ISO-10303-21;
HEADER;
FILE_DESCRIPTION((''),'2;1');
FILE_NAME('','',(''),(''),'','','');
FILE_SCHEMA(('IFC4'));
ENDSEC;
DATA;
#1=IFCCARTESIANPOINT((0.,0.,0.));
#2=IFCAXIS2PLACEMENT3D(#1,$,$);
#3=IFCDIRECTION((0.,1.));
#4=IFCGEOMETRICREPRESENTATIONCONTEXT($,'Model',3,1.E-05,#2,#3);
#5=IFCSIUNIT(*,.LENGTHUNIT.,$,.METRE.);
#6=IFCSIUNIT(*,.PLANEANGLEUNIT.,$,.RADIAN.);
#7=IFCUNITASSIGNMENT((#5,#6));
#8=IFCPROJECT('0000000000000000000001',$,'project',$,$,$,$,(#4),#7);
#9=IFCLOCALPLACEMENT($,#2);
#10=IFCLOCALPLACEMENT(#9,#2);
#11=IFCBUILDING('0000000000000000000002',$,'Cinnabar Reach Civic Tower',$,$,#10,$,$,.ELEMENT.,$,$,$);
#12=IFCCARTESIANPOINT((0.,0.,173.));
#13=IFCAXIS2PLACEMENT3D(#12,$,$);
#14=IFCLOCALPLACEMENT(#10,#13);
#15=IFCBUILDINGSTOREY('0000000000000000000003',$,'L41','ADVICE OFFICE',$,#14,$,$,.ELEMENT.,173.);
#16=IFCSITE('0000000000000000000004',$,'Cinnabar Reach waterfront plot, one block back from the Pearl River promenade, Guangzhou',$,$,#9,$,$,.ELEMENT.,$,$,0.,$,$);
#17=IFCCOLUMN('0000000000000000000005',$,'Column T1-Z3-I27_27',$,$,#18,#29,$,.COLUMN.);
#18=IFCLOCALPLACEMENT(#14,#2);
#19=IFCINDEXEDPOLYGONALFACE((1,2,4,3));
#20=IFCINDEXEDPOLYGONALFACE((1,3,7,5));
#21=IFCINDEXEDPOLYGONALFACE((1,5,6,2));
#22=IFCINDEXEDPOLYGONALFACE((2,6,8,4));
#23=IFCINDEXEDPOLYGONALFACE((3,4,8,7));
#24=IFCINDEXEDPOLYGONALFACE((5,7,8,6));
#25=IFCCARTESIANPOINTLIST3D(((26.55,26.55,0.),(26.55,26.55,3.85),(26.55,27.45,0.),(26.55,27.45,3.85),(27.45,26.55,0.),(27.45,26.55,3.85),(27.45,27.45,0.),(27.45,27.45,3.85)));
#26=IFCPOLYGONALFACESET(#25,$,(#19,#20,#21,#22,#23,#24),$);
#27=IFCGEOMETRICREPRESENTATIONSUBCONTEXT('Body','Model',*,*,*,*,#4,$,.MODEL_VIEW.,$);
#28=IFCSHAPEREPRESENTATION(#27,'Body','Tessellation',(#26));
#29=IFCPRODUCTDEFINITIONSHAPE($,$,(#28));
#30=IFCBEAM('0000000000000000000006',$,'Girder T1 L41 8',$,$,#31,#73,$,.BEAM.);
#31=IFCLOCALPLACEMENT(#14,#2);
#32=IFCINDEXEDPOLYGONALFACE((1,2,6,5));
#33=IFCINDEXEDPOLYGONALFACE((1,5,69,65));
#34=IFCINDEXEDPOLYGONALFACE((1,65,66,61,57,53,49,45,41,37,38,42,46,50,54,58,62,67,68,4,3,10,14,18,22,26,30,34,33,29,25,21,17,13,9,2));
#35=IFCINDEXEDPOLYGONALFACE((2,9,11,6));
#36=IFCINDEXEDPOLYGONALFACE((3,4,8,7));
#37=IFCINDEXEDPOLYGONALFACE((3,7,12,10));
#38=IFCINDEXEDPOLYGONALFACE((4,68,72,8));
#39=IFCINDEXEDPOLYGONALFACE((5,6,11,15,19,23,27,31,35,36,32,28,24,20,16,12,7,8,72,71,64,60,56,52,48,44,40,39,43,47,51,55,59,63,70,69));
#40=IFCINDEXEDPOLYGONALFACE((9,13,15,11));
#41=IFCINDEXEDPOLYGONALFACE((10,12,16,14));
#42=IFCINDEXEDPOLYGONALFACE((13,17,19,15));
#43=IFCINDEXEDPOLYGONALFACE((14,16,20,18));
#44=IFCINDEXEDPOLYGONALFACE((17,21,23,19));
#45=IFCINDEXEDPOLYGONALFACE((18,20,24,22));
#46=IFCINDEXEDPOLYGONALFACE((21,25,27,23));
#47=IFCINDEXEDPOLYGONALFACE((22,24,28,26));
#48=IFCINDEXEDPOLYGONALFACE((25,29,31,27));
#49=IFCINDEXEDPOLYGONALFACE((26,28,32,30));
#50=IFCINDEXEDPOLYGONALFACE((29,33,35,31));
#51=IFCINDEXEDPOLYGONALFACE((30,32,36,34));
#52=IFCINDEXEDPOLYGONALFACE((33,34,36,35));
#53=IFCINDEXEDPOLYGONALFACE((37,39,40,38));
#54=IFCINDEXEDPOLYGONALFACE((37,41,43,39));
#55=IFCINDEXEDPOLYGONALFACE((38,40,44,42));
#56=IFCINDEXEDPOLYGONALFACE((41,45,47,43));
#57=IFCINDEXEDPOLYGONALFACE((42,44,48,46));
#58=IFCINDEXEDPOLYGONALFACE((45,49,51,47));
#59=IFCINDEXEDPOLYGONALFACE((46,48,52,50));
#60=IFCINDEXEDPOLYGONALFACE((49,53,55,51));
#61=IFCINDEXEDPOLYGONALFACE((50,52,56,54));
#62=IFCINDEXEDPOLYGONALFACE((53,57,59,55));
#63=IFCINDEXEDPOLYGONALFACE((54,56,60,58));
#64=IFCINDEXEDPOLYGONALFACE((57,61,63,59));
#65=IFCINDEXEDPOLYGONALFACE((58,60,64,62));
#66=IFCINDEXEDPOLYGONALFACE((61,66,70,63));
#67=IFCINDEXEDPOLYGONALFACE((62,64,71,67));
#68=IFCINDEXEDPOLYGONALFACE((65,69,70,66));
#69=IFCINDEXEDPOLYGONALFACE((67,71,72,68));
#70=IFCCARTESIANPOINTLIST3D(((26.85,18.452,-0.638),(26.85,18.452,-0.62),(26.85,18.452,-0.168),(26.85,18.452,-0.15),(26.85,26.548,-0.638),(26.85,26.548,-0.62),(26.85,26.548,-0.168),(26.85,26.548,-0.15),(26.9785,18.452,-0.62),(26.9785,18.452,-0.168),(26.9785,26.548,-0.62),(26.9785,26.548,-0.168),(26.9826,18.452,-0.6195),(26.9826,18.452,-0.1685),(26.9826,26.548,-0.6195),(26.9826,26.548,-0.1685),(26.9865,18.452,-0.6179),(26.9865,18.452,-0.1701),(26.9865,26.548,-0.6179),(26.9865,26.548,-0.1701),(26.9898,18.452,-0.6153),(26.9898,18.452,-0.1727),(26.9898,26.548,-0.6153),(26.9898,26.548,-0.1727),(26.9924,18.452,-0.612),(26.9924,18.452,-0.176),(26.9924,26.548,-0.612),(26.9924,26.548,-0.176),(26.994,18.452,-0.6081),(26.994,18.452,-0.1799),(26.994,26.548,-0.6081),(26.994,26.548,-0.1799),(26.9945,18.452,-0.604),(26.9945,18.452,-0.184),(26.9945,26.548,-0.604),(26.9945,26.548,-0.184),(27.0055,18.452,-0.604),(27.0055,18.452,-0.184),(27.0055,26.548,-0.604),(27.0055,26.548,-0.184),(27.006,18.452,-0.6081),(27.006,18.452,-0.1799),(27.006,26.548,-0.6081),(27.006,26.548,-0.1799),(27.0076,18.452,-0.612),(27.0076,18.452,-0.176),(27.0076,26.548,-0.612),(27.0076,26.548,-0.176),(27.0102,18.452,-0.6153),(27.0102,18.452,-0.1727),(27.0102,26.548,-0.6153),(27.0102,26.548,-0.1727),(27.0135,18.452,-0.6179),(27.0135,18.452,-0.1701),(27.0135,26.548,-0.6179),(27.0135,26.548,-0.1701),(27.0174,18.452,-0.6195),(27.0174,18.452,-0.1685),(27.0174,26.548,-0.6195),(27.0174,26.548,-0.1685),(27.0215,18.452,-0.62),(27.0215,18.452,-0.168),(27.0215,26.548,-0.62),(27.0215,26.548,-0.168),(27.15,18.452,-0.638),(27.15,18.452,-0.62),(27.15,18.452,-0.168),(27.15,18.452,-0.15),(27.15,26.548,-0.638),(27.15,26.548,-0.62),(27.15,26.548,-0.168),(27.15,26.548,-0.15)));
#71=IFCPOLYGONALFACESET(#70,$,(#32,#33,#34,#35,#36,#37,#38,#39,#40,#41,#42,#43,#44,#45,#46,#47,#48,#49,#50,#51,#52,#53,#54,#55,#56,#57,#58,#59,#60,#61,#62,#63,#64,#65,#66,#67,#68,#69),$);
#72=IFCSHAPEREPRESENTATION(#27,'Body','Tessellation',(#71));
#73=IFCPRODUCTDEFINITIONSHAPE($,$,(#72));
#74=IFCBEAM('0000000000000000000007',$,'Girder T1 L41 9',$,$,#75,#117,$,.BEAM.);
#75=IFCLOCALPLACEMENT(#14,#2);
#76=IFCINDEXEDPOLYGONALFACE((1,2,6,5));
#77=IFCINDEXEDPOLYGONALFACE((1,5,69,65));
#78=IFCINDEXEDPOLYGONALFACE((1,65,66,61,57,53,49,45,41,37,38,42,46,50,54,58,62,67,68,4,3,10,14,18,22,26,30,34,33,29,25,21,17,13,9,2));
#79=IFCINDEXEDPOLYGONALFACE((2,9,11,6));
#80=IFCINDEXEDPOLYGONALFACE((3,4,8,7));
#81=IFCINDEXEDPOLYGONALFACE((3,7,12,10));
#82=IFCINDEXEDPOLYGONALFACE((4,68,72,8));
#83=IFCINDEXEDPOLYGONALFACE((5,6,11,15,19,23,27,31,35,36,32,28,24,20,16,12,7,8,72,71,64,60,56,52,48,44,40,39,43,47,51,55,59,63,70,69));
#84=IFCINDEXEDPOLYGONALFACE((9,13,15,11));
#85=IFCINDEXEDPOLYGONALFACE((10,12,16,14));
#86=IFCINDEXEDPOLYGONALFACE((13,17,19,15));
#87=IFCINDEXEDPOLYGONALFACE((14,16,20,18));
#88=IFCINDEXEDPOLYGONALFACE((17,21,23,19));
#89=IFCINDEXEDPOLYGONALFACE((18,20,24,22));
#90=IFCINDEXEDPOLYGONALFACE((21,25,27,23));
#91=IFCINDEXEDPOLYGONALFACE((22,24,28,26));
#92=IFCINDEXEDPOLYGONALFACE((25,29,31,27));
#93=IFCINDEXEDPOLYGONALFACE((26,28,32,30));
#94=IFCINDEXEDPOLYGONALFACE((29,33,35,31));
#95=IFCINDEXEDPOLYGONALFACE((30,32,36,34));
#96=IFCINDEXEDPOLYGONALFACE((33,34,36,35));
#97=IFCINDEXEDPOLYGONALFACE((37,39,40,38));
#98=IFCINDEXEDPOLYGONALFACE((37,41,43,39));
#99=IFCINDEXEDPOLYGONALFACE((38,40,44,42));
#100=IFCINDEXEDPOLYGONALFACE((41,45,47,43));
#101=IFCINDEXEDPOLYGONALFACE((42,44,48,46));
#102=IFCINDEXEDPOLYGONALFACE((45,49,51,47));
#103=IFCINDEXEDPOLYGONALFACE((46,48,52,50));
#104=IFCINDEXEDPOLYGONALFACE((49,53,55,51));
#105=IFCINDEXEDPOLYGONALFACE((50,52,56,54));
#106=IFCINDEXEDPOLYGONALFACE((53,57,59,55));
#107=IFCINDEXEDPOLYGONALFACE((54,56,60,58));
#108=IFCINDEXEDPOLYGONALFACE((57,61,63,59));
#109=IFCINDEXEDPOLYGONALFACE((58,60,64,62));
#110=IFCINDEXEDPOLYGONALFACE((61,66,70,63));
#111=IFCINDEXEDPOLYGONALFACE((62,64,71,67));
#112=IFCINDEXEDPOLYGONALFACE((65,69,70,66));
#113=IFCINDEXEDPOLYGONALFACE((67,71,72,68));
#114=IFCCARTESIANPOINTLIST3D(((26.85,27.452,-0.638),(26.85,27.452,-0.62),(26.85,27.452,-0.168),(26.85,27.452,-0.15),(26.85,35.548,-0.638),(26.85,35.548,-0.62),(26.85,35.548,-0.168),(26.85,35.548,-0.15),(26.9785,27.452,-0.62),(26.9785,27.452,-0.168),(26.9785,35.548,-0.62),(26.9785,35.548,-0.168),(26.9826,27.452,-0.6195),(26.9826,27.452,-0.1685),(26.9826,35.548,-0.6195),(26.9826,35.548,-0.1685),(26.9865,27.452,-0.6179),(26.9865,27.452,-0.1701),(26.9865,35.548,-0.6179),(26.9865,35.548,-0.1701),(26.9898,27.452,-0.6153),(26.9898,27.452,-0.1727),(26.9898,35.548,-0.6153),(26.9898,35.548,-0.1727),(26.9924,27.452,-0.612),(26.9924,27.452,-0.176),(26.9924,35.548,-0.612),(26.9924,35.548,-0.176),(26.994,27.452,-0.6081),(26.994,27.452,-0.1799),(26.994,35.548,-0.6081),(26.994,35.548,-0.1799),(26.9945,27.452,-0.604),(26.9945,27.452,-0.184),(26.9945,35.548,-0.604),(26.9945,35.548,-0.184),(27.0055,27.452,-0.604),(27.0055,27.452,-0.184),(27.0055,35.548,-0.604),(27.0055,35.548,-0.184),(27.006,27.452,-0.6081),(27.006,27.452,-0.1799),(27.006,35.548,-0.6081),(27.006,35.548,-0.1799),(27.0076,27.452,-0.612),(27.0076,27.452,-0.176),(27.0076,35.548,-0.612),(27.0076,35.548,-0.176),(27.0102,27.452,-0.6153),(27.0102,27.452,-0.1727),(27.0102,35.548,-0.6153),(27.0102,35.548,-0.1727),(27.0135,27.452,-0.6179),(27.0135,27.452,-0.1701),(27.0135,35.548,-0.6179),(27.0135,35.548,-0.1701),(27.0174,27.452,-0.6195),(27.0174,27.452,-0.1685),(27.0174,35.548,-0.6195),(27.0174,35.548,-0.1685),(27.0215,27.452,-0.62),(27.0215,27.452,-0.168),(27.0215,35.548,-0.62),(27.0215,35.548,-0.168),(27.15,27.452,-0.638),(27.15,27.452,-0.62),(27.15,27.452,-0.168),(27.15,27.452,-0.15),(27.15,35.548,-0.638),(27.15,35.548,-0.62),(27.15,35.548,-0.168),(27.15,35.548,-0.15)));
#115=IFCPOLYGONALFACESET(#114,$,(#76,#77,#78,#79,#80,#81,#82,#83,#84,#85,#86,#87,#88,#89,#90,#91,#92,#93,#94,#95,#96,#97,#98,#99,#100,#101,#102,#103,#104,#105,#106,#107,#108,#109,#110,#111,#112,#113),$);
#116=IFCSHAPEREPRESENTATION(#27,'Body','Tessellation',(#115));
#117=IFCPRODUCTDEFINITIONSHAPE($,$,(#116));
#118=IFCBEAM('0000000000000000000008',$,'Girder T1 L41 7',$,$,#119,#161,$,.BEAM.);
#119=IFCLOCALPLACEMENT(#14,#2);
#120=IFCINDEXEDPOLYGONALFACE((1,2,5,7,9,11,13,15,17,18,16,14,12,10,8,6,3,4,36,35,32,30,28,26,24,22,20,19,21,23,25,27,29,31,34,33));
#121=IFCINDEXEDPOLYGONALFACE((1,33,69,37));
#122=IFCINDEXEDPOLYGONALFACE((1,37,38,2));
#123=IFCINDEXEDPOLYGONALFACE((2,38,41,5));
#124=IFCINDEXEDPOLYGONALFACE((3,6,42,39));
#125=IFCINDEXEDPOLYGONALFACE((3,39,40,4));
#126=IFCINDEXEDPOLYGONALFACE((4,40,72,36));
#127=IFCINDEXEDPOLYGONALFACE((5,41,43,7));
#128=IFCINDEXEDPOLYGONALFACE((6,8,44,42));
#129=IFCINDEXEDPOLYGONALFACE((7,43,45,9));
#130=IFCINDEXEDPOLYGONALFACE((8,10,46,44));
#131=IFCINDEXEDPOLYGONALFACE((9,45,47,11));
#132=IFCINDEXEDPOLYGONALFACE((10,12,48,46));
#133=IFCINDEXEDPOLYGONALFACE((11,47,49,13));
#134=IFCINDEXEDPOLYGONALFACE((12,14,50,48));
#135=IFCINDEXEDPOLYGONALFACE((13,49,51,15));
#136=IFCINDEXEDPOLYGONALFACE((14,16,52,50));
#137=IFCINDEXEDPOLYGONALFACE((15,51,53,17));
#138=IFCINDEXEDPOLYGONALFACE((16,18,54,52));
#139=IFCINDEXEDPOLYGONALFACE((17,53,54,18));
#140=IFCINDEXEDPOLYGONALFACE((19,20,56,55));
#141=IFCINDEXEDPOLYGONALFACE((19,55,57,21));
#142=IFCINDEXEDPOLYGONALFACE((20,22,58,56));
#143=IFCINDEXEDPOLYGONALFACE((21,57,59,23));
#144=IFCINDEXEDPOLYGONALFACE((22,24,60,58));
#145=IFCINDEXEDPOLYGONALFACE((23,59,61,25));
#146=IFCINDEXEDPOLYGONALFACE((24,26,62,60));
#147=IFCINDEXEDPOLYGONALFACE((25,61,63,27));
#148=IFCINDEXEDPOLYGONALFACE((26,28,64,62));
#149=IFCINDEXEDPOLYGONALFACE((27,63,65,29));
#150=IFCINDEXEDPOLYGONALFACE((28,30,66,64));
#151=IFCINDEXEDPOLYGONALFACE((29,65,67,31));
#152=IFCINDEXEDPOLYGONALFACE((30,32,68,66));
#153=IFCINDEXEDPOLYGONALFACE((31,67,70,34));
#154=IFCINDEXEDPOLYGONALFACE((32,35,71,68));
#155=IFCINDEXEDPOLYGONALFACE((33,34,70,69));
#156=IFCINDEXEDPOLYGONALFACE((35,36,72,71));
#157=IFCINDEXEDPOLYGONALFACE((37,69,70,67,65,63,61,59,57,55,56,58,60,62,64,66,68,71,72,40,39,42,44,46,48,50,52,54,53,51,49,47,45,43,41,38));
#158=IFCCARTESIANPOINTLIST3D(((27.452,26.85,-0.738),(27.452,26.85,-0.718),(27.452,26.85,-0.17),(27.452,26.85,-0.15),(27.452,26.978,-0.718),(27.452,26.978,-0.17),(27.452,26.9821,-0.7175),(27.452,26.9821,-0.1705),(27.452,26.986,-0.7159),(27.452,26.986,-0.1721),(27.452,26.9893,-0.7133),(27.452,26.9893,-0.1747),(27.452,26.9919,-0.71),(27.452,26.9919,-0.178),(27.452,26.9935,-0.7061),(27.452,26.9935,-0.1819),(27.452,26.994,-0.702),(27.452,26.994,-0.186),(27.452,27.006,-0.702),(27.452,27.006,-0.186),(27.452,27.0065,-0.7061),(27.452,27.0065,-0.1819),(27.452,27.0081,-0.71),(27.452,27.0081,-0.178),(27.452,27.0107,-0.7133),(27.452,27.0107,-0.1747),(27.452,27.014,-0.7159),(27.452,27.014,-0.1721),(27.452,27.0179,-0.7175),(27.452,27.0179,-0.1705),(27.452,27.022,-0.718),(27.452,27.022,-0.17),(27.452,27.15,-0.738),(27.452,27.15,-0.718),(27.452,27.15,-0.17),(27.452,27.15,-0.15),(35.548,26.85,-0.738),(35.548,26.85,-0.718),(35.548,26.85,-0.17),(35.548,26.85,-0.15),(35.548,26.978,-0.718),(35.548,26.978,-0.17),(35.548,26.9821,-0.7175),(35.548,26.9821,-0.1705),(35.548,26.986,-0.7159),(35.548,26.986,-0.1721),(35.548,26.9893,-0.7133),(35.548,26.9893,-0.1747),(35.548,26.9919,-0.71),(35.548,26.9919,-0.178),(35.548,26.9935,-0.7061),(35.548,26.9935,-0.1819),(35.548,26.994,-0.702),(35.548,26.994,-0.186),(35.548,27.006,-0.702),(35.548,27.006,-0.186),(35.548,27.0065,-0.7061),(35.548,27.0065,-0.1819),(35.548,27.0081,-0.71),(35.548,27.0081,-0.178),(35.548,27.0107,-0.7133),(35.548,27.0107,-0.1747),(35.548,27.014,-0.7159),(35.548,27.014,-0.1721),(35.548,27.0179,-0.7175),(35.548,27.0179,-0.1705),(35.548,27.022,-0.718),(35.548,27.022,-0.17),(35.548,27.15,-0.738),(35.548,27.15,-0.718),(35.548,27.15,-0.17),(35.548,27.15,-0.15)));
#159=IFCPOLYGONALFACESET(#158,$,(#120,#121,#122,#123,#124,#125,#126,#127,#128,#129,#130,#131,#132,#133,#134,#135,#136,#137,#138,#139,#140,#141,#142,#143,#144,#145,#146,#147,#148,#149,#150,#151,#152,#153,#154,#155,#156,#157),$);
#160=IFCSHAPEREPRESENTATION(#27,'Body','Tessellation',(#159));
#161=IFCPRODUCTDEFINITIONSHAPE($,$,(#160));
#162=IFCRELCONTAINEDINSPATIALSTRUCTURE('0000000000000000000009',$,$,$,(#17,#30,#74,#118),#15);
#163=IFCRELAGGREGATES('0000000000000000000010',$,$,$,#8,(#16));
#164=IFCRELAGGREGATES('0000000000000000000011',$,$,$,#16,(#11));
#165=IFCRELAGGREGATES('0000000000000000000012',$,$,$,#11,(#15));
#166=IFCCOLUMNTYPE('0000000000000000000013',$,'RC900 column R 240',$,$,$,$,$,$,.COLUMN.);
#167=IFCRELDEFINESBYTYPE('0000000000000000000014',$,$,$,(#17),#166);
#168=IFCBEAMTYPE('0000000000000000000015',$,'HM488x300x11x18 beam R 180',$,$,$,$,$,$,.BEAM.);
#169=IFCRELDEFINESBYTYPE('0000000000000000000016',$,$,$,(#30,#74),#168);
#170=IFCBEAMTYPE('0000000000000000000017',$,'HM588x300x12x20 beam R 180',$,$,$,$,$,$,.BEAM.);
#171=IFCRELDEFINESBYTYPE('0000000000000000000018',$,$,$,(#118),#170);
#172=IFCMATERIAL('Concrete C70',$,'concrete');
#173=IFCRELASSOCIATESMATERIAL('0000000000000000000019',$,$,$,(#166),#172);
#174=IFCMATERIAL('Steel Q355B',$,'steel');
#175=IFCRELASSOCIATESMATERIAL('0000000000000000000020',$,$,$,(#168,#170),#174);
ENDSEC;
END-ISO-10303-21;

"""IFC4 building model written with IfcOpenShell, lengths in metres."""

from ifc_helpers import new_model, si_unit, direction, frame, origin, origin_2d, place, context, subcontext, project, spatial, rectangle, i_section, extrude, material, material_profile, profile_set, type_object, element, save


model = new_model("IFC4")

# Units and contexts
model_context = context("Model", 3, precision=1e-05, world=origin(), true_north=direction((0.0, 1.0)))
body_context = subcontext(model_context, "Body", "Model", "MODEL_VIEW")
ifc_project = project(units=[si_unit("LENGTHUNIT", "METRE"), si_unit("PLANEANGLEUNIT", "RADIAN")], contexts=[model_context])

# Site, building, storey
site_placement = place(None, origin())
site = spatial("IfcSite", under=ifc_project, at=site_placement, Name="Cinnabar Reach waterfront plot, one block back from the Pearl River promenade, Guangzhou", CompositionType="ELEMENT", RefElevation=0.0)
building_placement = place(site_placement, origin())
building = spatial("IfcBuilding", under=site, at=building_placement, Name="Cinnabar Reach Civic Tower", CompositionType="ELEMENT")
storey_placement = place(building_placement, frame((0.0, 0.0, 173.0)))
storey = spatial("IfcBuildingStorey", under=building, at=storey_placement, Name="L41", Description="ADVICE OFFICE", CompositionType="ELEMENT", Elevation=173.0)

# Column
ifc_material_1 = material(Name="Concrete C70", Category="concrete")
ifc_material_profile_1 = material_profile(ifc_material_1, rectangle(XDim=0.9, YDim=0.9, at=origin_2d()), Name="RC900")
ifc_profile_set_1 = profile_set([ifc_material_profile_1], Name="Concrete C70")
column_type = type_object("IfcColumnType", Name="RC900 column R 240", PredefinedType="COLUMN", material=ifc_profile_set_1)
column_placement = place(storey_placement, frame((27.0, 27.0, 0.0), z_axis=(0.0, 0.0, 1.0), x_axis=(1.0, 0.0, 0.0)))
element("IfcColumn", 1, at=column_placement, inside=storey, type_object=column_type, Name="Column T1-Z3-I27_27", PredefinedType="COLUMN", context=body_context, shape_type="SweptSolid", body=[
    extrude(rectangle(XDim=0.9, YDim=0.9, at=origin_2d()), origin(), (0.0, 0.0, 1.0), 3.85),
])

# Beams
ifc_material_2 = material(Name="Steel Q355B", Category="steel")
ifc_material_profile_2 = material_profile(ifc_material_2, i_section(OverallWidth=0.3, OverallDepth=0.488, WebThickness=0.011, FlangeThickness=0.018, FilletRadius=0.016, at=origin_2d()), Name="HM488x300x11x18")
ifc_profile_set_2 = profile_set([ifc_material_profile_2], Name="Steel Q355B")
beam_type_1 = type_object("IfcBeamType", Name="HM488x300x11x18 beam R 180", PredefinedType="BEAM", material=ifc_profile_set_2)
for number, where, z_axis, x_axis, name in (
    (2, (27.0, 18.452, -0.394), (0.0, 1.0, 0.0), (-1.0, 0.0, 0.0), "Girder T1 L41 8"),
    (3, (27.0, 27.452, -0.394), (0.0, 1.0, 0.0), (-1.0, 0.0, 0.0), "Girder T1 L41 9"),
):
    element("IfcBeam", number, at=place(storey_placement, frame(where, z_axis=z_axis, x_axis=x_axis)), inside=storey, type_object=beam_type_1, Name=name, PredefinedType="BEAM", context=body_context, shape_type="SweptSolid", body=[
        extrude(i_section(OverallWidth=0.3, OverallDepth=0.488, WebThickness=0.011, FlangeThickness=0.018, FilletRadius=0.016, at=origin_2d()), origin(), (0.0, 0.0, 1.0), 8.096),
    ])
ifc_material_profile_3 = material_profile(ifc_material_2, i_section(OverallWidth=0.3, OverallDepth=0.588, WebThickness=0.012, FlangeThickness=0.02, FilletRadius=0.016, at=origin_2d()), Name="HM588x300x12x20")
ifc_profile_set_3 = profile_set([ifc_material_profile_3], Name="Steel Q355B")
beam_type_2 = type_object("IfcBeamType", Name="HM588x300x12x20 beam R 180", PredefinedType="BEAM", material=ifc_profile_set_3)
beam_1_placement = place(storey_placement, frame((27.452, 27.0, -0.444), z_axis=(1.0, 0.0, 0.0), x_axis=(0.0, 1.0, 0.0)))
element("IfcBeam", 4, at=beam_1_placement, inside=storey, type_object=beam_type_2, Name="Girder T1 L41 7", PredefinedType="BEAM", context=body_context, shape_type="SweptSolid", body=[
    extrude(i_section(OverallWidth=0.3, OverallDepth=0.588, WebThickness=0.012, FlangeThickness=0.02, FilletRadius=0.016, at=origin_2d()), origin(), (0.0, 0.0, 1.0), 8.096),
])

save(model, "model.ifc")
